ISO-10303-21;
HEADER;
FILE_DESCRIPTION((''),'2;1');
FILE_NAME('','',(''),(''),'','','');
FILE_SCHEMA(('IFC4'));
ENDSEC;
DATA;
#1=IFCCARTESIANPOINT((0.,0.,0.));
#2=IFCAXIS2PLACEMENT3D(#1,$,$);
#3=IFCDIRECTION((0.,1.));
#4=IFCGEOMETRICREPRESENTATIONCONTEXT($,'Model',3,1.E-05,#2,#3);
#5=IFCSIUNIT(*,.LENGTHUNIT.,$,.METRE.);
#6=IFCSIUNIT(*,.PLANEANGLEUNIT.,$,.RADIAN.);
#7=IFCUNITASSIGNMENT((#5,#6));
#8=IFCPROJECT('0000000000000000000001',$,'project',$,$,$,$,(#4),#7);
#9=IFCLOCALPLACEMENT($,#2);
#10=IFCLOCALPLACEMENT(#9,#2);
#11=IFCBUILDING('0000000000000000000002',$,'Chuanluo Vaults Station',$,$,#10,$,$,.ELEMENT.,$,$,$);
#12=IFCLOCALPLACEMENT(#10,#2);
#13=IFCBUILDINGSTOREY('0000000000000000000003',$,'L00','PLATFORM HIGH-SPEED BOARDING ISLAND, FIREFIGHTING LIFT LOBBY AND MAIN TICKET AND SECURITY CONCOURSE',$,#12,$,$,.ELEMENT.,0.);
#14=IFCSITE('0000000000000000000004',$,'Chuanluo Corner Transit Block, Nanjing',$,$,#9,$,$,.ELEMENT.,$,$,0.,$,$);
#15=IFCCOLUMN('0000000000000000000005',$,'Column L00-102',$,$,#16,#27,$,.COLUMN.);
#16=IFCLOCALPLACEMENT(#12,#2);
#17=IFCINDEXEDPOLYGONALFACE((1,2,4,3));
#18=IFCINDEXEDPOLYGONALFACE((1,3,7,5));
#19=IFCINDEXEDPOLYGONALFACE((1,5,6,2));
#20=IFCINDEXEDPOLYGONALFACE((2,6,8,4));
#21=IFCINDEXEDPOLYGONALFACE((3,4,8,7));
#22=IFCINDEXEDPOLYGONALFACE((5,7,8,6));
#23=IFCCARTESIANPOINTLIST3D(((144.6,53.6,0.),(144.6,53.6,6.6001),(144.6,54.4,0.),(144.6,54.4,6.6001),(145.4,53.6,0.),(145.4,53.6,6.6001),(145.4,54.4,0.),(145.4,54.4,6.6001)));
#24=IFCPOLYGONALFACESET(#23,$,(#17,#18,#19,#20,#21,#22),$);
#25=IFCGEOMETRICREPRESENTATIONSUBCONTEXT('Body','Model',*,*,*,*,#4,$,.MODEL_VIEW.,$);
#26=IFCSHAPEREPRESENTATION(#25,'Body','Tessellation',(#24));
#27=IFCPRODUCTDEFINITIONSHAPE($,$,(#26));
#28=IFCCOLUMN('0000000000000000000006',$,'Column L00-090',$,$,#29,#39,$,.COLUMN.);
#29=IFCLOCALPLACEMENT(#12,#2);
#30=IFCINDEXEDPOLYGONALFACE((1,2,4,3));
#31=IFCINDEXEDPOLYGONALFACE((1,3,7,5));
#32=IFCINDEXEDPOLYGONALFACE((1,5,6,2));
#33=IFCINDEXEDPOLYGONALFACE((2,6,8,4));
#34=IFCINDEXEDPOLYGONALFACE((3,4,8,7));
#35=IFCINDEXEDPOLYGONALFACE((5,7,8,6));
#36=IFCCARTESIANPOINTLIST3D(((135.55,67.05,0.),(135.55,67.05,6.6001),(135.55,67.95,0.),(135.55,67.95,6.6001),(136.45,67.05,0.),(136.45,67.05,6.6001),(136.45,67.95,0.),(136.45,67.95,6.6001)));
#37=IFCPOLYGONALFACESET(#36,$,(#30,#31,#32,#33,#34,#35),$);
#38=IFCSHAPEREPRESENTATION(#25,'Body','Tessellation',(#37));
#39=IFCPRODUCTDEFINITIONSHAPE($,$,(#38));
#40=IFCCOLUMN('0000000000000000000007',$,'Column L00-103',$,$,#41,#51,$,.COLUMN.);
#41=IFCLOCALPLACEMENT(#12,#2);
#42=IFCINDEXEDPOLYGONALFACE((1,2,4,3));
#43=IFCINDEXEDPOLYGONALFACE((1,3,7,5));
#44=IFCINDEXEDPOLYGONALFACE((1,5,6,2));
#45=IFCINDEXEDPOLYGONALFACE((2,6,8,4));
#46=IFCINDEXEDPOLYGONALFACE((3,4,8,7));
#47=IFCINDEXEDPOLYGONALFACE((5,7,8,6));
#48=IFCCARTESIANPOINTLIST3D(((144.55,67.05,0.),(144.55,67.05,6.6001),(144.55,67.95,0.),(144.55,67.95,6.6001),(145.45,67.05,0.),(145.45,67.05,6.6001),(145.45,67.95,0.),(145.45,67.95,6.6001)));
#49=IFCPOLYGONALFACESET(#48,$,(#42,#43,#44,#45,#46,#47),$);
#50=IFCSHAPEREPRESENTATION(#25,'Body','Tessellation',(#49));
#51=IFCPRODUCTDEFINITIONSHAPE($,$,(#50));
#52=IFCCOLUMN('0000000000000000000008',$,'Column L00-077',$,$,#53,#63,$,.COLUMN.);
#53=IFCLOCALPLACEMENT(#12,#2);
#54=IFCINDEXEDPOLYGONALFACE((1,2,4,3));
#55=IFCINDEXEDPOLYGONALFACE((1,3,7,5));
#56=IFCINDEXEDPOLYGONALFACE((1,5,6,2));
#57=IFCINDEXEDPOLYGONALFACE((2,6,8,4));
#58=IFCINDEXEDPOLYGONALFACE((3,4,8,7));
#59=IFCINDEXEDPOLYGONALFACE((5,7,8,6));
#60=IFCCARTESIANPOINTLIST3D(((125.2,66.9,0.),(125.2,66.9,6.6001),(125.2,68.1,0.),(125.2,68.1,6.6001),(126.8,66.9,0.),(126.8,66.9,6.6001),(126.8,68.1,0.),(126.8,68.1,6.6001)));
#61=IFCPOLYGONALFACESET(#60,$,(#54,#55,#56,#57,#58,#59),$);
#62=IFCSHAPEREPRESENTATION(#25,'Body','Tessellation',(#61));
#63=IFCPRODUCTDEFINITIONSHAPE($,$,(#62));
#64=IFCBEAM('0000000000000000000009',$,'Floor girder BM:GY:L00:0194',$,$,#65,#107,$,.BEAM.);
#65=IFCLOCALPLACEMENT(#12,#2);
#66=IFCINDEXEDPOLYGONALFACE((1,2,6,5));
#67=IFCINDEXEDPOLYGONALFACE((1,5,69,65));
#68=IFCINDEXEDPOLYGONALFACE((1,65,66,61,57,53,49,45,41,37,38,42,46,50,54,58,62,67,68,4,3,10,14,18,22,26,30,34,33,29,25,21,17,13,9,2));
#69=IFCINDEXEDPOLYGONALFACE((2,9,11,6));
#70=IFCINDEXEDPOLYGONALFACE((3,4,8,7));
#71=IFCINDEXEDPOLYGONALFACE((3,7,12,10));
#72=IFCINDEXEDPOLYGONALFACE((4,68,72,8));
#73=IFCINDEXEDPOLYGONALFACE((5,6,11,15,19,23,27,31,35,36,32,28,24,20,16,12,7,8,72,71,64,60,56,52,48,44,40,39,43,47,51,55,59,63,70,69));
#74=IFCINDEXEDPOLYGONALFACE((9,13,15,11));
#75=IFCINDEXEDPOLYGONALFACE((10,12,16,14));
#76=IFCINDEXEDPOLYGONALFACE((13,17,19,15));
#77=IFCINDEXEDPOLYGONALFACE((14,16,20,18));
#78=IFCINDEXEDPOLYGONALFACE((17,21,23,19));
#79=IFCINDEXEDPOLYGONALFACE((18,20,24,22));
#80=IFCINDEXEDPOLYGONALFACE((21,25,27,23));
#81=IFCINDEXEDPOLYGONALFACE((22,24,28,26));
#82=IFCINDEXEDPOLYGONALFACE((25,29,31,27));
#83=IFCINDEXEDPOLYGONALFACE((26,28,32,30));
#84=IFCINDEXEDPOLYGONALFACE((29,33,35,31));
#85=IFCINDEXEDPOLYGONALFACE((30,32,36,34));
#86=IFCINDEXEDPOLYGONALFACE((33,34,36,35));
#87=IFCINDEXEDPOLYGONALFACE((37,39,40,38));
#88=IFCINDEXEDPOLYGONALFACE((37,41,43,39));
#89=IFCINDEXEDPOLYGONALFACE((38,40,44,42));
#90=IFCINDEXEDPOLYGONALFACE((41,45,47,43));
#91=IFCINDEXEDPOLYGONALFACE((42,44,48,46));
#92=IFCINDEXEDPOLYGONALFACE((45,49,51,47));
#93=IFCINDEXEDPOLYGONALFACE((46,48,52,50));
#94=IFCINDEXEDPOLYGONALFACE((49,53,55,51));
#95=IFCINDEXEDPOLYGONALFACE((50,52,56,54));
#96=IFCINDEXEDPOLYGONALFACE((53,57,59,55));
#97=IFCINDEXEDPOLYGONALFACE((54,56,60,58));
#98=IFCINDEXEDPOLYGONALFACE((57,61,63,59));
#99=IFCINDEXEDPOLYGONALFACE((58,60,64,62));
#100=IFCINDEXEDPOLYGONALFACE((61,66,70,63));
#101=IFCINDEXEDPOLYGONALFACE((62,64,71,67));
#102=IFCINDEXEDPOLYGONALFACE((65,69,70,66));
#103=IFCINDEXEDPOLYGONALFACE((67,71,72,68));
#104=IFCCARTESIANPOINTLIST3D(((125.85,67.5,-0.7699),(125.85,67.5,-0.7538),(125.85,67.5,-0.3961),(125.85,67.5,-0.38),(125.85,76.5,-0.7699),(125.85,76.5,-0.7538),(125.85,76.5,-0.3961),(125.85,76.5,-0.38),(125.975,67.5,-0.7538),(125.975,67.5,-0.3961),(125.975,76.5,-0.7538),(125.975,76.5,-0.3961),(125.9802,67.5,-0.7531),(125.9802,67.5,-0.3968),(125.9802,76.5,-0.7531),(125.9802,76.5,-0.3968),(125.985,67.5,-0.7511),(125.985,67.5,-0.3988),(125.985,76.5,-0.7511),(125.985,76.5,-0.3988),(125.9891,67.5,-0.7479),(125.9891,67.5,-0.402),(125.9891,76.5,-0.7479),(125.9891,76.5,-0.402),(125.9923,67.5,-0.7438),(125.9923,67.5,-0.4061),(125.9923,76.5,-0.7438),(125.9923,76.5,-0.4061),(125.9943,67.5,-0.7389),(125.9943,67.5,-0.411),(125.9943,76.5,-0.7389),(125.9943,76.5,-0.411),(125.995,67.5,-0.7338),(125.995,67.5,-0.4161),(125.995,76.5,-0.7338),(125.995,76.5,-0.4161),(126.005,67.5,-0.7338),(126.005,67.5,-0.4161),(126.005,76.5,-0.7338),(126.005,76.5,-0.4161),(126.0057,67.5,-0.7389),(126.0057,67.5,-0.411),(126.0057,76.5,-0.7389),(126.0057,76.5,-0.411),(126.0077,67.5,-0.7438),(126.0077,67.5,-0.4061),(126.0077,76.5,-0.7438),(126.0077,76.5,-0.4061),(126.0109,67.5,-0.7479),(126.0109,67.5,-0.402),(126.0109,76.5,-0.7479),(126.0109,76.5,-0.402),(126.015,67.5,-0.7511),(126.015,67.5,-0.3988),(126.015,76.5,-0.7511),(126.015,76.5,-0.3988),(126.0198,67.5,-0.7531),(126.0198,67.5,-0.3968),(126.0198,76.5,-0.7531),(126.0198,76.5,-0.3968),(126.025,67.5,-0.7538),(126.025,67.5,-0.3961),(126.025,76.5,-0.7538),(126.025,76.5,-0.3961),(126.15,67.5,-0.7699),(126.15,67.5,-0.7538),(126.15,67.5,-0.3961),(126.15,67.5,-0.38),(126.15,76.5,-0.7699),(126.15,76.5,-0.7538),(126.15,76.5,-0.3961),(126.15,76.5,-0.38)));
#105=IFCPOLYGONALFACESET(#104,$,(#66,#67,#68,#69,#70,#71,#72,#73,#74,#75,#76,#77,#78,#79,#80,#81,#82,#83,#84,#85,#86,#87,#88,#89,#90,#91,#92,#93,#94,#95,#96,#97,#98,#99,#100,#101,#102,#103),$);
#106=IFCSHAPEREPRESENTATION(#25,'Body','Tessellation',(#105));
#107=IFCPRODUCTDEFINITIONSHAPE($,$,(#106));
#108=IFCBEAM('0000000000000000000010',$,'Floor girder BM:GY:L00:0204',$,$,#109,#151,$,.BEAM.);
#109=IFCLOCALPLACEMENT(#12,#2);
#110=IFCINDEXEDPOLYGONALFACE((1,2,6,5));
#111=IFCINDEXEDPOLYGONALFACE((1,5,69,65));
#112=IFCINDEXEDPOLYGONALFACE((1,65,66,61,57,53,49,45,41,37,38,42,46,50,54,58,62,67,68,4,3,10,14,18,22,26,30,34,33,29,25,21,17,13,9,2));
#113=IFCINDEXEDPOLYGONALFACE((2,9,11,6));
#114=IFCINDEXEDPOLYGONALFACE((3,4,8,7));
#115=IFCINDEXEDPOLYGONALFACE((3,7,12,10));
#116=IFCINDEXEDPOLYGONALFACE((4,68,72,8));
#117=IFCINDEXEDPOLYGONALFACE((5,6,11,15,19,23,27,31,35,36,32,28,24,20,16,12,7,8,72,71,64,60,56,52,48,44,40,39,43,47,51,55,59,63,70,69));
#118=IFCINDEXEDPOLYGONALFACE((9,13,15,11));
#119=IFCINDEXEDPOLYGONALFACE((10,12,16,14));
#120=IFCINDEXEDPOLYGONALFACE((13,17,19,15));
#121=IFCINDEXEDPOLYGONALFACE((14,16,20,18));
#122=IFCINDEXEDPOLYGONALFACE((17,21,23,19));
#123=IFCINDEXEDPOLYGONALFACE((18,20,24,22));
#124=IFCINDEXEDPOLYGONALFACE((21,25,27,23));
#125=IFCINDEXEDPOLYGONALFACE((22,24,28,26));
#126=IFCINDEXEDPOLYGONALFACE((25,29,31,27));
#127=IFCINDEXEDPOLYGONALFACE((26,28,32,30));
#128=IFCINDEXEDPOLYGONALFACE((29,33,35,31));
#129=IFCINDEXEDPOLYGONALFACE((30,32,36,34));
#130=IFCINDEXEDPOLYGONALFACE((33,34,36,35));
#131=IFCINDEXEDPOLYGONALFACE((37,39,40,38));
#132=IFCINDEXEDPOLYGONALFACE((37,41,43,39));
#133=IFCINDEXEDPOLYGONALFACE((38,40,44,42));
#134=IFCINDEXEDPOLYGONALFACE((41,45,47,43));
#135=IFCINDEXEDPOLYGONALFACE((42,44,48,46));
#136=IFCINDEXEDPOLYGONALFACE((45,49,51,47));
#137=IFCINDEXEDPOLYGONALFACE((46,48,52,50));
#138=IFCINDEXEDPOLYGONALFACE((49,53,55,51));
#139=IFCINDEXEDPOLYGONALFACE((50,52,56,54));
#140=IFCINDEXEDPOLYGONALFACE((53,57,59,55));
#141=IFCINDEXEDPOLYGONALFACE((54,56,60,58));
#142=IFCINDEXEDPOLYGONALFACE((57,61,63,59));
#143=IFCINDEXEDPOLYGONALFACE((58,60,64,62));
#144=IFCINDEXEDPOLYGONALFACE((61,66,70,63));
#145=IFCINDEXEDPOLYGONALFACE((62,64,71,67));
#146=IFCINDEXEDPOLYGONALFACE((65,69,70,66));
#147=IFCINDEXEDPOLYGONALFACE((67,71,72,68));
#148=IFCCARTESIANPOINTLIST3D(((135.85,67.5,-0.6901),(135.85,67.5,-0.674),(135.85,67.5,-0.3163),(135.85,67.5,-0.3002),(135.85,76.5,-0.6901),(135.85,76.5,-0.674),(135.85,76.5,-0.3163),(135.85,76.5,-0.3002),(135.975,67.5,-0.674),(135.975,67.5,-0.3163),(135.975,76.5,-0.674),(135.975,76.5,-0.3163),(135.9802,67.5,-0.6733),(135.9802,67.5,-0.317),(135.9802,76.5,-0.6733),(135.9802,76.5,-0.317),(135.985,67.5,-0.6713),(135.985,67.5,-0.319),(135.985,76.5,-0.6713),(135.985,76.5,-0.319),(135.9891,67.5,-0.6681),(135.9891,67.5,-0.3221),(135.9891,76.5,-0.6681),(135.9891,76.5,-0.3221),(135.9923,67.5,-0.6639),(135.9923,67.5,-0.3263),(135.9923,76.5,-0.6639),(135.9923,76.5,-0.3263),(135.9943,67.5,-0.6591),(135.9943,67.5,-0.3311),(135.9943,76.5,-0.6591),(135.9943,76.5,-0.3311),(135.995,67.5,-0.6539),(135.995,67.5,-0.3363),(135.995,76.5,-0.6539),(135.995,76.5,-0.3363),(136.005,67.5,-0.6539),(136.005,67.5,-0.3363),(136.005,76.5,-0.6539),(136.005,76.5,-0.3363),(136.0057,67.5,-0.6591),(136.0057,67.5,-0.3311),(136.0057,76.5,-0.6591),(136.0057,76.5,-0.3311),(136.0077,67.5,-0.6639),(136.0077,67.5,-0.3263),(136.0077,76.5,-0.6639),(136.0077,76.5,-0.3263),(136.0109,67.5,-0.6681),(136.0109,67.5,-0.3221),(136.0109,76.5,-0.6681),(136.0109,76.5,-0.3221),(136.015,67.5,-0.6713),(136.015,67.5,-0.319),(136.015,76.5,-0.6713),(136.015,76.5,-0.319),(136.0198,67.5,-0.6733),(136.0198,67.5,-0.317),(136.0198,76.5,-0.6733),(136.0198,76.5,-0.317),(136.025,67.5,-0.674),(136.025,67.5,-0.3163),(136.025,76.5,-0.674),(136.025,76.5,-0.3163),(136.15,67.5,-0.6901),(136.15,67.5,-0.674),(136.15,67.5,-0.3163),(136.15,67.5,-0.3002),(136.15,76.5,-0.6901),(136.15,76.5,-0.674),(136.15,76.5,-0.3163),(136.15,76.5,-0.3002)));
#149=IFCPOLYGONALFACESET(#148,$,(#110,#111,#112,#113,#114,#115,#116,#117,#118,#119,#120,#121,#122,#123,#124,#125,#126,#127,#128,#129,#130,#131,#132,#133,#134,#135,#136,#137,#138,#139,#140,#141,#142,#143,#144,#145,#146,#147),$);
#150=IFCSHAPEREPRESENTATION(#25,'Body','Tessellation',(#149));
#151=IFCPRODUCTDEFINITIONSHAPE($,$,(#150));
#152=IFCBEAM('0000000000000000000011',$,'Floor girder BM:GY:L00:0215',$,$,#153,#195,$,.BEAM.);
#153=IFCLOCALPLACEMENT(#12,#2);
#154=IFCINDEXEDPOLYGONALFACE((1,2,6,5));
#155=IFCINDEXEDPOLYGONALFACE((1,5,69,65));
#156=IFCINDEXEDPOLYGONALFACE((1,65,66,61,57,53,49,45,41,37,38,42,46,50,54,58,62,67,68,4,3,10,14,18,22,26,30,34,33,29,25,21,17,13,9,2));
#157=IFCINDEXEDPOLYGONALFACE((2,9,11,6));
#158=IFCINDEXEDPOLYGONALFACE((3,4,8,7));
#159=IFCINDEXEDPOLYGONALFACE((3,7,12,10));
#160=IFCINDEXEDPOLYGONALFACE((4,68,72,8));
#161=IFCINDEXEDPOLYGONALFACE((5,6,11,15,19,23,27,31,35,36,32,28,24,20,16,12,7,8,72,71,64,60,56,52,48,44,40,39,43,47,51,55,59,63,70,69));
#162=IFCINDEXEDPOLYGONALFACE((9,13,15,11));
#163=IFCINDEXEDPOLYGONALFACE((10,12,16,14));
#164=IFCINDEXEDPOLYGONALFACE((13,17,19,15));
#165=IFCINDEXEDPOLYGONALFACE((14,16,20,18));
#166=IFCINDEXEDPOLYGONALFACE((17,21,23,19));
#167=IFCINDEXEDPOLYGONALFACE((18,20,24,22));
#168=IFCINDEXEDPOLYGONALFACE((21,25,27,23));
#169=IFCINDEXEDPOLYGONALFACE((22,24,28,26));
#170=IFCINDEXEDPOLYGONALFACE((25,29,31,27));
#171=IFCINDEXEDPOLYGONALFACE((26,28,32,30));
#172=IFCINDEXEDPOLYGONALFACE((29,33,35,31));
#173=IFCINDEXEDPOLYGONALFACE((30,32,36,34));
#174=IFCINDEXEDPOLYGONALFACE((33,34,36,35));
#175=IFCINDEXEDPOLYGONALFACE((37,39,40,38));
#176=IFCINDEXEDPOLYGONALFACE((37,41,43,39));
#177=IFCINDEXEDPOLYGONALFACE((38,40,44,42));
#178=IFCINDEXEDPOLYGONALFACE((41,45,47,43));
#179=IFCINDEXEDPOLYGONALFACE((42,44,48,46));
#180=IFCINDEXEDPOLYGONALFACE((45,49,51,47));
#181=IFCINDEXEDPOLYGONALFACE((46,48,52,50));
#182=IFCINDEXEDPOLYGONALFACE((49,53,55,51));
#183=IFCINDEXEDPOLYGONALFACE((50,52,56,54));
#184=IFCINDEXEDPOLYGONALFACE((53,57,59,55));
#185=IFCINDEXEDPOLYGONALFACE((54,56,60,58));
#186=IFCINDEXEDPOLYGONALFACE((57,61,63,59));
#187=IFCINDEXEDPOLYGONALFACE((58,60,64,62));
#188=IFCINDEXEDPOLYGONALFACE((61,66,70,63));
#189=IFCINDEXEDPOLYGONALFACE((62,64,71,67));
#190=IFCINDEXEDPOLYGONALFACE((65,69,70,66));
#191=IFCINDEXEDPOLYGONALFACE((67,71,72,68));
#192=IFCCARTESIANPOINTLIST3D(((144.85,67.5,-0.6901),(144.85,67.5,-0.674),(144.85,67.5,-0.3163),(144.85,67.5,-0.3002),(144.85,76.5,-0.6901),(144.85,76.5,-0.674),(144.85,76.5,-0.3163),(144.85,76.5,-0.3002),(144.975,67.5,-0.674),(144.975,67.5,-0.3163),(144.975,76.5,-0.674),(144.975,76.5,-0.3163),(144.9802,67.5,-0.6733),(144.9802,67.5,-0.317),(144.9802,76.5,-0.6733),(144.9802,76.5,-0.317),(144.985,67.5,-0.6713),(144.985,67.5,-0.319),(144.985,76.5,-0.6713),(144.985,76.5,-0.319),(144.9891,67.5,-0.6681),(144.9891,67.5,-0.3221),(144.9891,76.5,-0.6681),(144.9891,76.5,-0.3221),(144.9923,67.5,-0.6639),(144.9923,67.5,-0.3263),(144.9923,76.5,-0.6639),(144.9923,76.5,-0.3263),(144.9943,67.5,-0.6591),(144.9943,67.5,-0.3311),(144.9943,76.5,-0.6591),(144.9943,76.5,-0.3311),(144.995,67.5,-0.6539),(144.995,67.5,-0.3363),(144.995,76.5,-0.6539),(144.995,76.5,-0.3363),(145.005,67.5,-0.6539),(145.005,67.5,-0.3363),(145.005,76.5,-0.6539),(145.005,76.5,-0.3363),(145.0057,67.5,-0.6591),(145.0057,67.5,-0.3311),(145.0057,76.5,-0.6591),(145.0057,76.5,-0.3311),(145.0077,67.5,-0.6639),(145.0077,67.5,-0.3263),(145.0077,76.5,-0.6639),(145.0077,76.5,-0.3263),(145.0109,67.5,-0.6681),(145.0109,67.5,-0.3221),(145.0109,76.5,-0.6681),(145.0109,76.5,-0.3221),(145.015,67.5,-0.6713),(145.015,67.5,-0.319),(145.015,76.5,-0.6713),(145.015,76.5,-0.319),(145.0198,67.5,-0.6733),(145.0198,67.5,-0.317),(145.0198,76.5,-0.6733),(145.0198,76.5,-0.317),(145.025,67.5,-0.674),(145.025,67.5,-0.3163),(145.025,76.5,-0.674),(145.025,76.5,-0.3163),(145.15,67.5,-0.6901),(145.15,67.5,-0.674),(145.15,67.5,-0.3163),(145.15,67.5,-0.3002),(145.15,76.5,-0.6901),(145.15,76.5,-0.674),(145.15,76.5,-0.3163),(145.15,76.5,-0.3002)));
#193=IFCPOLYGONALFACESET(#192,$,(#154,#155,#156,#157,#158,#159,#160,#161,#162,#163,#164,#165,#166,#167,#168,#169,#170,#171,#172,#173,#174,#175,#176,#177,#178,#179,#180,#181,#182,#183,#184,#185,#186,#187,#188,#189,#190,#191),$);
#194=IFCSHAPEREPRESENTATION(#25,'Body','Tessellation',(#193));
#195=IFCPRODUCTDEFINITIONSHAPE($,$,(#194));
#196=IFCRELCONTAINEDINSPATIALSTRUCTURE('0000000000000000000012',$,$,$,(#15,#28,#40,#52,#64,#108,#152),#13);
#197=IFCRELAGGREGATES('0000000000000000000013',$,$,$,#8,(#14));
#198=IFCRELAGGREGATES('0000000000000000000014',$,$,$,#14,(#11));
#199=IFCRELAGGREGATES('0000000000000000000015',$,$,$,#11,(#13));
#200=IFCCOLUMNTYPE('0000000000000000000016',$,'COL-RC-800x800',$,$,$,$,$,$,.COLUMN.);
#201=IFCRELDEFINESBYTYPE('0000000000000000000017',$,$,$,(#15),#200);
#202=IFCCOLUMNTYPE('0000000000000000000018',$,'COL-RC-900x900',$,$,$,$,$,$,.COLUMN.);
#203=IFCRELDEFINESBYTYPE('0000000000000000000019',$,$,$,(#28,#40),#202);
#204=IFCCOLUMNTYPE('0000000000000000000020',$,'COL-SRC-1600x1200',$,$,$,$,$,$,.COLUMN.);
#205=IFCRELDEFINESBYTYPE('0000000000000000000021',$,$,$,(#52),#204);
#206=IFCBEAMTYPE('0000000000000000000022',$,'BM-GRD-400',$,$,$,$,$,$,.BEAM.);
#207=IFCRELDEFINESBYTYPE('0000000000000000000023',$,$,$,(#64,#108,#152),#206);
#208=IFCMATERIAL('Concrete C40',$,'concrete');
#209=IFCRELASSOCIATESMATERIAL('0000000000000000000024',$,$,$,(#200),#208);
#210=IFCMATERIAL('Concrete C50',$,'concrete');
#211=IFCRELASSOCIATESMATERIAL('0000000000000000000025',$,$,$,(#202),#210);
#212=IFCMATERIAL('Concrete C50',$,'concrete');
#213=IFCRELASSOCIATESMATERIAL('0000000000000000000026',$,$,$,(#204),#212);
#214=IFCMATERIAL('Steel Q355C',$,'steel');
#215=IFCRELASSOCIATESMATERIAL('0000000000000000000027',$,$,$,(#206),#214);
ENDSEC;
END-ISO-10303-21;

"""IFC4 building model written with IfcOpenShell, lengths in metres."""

from ifc_helpers import new_model, si_unit, direction, frame, origin, origin_2d, place, context, subcontext, project, spatial, rectangle, i_section, extrude, material, material_profile, profile_set, type_object, element, save


model = new_model("IFC4")

# Units and contexts
model_context = context("Model", 3, precision=1e-05, world=origin(), true_north=direction((0.0, 1.0)))
body_context = subcontext(model_context, "Body", "Model", "MODEL_VIEW")
ifc_project = project(units=[si_unit("LENGTHUNIT", "METRE"), si_unit("PLANEANGLEUNIT", "RADIAN")], contexts=[model_context])

# Site, building, storey
site_placement = place(None, origin())
site = spatial("IfcSite", under=ifc_project, at=site_placement, Name="Chuanluo Corner Transit Block, Nanjing", CompositionType="ELEMENT", RefElevation=0.0)
building_placement = place(site_placement, origin())
building = spatial("IfcBuilding", under=site, at=building_placement, Name="Chuanluo Vaults Station", CompositionType="ELEMENT")
storey_placement = place(building_placement, origin())
storey = spatial("IfcBuildingStorey", under=building, at=storey_placement, Name="L00", Description="PLATFORM HIGH-SPEED BOARDING ISLAND, FIREFIGHTING LIFT LOBBY AND MAIN TICKET AND SECURITY CONCOURSE", CompositionType="ELEMENT", Elevation=0.0)

# Columns
ifc_material_1 = material(Name="Concrete C40", Category="concrete")
ifc_material_profile_1 = material_profile(ifc_material_1, rectangle(XDim=0.8, YDim=0.8, at=origin_2d()))
ifc_profile_set_1 = profile_set([ifc_material_profile_1], Name="Concrete C40")
column_type_1 = type_object("IfcColumnType", Name="COL-RC-800x800", PredefinedType="COLUMN", material=ifc_profile_set_1)
column_1_placement = place(storey_placement, frame((145.0, 54.0, 0.0), z_axis=(0.0, 0.0, 1.0), x_axis=(1.0, 0.0, 0.0)))
element("IfcColumn", 1, at=column_1_placement, inside=storey, type_object=column_type_1, Name="Column L00-102", PredefinedType="COLUMN", context=body_context, shape_type="SweptSolid", body=[
    extrude(rectangle(XDim=0.8, YDim=0.8, at=origin_2d()), origin(), (0.0, 0.0, 1.0), 6.6001),
])
ifc_material_2 = material(Name="Concrete C50", Category="concrete")
ifc_material_profile_2 = material_profile(ifc_material_2, rectangle(XDim=0.8999, YDim=0.8999, at=origin_2d()))
ifc_profile_set_2 = profile_set([ifc_material_profile_2], Name="Concrete C50")
column_type_2 = type_object("IfcColumnType", Name="COL-RC-900x900", PredefinedType="COLUMN", material=ifc_profile_set_2)
for number, where, z_axis, x_axis, name in (
    (2, (136.0, 67.5, 0.0), (0.0, 0.0, 1.0), (1.0, 0.0, 0.0), "Column L00-090"),
    (3, (145.0, 67.5, 0.0), (0.0, 0.0, 1.0), (1.0, 0.0, 0.0), "Column L00-103"),
):
    element("IfcColumn", number, at=place(storey_placement, frame(where, z_axis=z_axis, x_axis=x_axis)), inside=storey, type_object=column_type_2, Name=name, PredefinedType="COLUMN", context=body_context, shape_type="SweptSolid", body=[
        extrude(rectangle(XDim=0.8999, YDim=0.8999, at=origin_2d()), origin(), (0.0, 0.0, 1.0), 6.6001),
    ])
ifc_material_3 = material(Name="Concrete C50", Category="concrete")
ifc_material_profile_3 = material_profile(ifc_material_3, rectangle(XDim=1.6001, YDim=1.2, at=origin_2d()))
ifc_profile_set_3 = profile_set([ifc_material_profile_3], Name="Concrete C50")
column_type_3 = type_object("IfcColumnType", Name="COL-SRC-1600x1200", PredefinedType="COLUMN", material=ifc_profile_set_3)
column_2_placement = place(storey_placement, frame((126.0, 67.5, 0.0), z_axis=(0.0, 0.0, 1.0), x_axis=(1.0, 0.0, 0.0)))
element("IfcColumn", 4, at=column_2_placement, inside=storey, type_object=column_type_3, Name="Column L00-077", PredefinedType="COLUMN", context=body_context, shape_type="SweptSolid", body=[
    extrude(rectangle(XDim=1.6001, YDim=1.2, at=origin_2d()), origin(), (0.0, 0.0, 1.0), 6.6001),
])

# Beams
ifc_material_4 = material(Name="Steel Q355C", Category="steel")
ifc_material_profile_4 = material_profile(ifc_material_4, i_section(OverallWidth=0.3, OverallDepth=0.3899, WebThickness=0.01, FlangeThickness=0.0161, FilletRadius=0.02, at=origin_2d()))
ifc_profile_set_4 = profile_set([ifc_material_profile_4], Name="Steel Q355C")
beam_type_1 = type_object("IfcBeamType", Name="BM-GRD-400", PredefinedType="BEAM", material=ifc_profile_set_4)
for number, where, z_axis, x_axis, name in (
    (5, (126.0, 67.5, -0.575), (0.0, 1.0, 0.0), (-1.0, 0.0, 0.0), "Floor girder BM:GY:L00:0194"),
    (6, (136.0, 67.5, -0.4951), (0.0, 1.0, 0.0), (-1.0, 0.0, 0.0), "Floor girder BM:GY:L00:0204"),
    (7, (145.0, 67.5, -0.4951), (0.0, 1.0, 0.0), (-1.0, 0.0, 0.0), "Floor girder BM:GY:L00:0215"),
):
    element("IfcBeam", number, at=place(storey_placement, frame(where, z_axis=z_axis, x_axis=x_axis)), inside=storey, type_object=beam_type_1, Name=name, PredefinedType="BEAM", context=body_context, shape_type="SweptSolid", body=[
        extrude(i_section(OverallWidth=0.3, OverallDepth=0.3899, WebThickness=0.01, FlangeThickness=0.0161, FilletRadius=0.02, at=origin_2d()), origin(), (0.0, 0.0, 1.0), 9.0),
    ])

save(model, "model.ifc")
